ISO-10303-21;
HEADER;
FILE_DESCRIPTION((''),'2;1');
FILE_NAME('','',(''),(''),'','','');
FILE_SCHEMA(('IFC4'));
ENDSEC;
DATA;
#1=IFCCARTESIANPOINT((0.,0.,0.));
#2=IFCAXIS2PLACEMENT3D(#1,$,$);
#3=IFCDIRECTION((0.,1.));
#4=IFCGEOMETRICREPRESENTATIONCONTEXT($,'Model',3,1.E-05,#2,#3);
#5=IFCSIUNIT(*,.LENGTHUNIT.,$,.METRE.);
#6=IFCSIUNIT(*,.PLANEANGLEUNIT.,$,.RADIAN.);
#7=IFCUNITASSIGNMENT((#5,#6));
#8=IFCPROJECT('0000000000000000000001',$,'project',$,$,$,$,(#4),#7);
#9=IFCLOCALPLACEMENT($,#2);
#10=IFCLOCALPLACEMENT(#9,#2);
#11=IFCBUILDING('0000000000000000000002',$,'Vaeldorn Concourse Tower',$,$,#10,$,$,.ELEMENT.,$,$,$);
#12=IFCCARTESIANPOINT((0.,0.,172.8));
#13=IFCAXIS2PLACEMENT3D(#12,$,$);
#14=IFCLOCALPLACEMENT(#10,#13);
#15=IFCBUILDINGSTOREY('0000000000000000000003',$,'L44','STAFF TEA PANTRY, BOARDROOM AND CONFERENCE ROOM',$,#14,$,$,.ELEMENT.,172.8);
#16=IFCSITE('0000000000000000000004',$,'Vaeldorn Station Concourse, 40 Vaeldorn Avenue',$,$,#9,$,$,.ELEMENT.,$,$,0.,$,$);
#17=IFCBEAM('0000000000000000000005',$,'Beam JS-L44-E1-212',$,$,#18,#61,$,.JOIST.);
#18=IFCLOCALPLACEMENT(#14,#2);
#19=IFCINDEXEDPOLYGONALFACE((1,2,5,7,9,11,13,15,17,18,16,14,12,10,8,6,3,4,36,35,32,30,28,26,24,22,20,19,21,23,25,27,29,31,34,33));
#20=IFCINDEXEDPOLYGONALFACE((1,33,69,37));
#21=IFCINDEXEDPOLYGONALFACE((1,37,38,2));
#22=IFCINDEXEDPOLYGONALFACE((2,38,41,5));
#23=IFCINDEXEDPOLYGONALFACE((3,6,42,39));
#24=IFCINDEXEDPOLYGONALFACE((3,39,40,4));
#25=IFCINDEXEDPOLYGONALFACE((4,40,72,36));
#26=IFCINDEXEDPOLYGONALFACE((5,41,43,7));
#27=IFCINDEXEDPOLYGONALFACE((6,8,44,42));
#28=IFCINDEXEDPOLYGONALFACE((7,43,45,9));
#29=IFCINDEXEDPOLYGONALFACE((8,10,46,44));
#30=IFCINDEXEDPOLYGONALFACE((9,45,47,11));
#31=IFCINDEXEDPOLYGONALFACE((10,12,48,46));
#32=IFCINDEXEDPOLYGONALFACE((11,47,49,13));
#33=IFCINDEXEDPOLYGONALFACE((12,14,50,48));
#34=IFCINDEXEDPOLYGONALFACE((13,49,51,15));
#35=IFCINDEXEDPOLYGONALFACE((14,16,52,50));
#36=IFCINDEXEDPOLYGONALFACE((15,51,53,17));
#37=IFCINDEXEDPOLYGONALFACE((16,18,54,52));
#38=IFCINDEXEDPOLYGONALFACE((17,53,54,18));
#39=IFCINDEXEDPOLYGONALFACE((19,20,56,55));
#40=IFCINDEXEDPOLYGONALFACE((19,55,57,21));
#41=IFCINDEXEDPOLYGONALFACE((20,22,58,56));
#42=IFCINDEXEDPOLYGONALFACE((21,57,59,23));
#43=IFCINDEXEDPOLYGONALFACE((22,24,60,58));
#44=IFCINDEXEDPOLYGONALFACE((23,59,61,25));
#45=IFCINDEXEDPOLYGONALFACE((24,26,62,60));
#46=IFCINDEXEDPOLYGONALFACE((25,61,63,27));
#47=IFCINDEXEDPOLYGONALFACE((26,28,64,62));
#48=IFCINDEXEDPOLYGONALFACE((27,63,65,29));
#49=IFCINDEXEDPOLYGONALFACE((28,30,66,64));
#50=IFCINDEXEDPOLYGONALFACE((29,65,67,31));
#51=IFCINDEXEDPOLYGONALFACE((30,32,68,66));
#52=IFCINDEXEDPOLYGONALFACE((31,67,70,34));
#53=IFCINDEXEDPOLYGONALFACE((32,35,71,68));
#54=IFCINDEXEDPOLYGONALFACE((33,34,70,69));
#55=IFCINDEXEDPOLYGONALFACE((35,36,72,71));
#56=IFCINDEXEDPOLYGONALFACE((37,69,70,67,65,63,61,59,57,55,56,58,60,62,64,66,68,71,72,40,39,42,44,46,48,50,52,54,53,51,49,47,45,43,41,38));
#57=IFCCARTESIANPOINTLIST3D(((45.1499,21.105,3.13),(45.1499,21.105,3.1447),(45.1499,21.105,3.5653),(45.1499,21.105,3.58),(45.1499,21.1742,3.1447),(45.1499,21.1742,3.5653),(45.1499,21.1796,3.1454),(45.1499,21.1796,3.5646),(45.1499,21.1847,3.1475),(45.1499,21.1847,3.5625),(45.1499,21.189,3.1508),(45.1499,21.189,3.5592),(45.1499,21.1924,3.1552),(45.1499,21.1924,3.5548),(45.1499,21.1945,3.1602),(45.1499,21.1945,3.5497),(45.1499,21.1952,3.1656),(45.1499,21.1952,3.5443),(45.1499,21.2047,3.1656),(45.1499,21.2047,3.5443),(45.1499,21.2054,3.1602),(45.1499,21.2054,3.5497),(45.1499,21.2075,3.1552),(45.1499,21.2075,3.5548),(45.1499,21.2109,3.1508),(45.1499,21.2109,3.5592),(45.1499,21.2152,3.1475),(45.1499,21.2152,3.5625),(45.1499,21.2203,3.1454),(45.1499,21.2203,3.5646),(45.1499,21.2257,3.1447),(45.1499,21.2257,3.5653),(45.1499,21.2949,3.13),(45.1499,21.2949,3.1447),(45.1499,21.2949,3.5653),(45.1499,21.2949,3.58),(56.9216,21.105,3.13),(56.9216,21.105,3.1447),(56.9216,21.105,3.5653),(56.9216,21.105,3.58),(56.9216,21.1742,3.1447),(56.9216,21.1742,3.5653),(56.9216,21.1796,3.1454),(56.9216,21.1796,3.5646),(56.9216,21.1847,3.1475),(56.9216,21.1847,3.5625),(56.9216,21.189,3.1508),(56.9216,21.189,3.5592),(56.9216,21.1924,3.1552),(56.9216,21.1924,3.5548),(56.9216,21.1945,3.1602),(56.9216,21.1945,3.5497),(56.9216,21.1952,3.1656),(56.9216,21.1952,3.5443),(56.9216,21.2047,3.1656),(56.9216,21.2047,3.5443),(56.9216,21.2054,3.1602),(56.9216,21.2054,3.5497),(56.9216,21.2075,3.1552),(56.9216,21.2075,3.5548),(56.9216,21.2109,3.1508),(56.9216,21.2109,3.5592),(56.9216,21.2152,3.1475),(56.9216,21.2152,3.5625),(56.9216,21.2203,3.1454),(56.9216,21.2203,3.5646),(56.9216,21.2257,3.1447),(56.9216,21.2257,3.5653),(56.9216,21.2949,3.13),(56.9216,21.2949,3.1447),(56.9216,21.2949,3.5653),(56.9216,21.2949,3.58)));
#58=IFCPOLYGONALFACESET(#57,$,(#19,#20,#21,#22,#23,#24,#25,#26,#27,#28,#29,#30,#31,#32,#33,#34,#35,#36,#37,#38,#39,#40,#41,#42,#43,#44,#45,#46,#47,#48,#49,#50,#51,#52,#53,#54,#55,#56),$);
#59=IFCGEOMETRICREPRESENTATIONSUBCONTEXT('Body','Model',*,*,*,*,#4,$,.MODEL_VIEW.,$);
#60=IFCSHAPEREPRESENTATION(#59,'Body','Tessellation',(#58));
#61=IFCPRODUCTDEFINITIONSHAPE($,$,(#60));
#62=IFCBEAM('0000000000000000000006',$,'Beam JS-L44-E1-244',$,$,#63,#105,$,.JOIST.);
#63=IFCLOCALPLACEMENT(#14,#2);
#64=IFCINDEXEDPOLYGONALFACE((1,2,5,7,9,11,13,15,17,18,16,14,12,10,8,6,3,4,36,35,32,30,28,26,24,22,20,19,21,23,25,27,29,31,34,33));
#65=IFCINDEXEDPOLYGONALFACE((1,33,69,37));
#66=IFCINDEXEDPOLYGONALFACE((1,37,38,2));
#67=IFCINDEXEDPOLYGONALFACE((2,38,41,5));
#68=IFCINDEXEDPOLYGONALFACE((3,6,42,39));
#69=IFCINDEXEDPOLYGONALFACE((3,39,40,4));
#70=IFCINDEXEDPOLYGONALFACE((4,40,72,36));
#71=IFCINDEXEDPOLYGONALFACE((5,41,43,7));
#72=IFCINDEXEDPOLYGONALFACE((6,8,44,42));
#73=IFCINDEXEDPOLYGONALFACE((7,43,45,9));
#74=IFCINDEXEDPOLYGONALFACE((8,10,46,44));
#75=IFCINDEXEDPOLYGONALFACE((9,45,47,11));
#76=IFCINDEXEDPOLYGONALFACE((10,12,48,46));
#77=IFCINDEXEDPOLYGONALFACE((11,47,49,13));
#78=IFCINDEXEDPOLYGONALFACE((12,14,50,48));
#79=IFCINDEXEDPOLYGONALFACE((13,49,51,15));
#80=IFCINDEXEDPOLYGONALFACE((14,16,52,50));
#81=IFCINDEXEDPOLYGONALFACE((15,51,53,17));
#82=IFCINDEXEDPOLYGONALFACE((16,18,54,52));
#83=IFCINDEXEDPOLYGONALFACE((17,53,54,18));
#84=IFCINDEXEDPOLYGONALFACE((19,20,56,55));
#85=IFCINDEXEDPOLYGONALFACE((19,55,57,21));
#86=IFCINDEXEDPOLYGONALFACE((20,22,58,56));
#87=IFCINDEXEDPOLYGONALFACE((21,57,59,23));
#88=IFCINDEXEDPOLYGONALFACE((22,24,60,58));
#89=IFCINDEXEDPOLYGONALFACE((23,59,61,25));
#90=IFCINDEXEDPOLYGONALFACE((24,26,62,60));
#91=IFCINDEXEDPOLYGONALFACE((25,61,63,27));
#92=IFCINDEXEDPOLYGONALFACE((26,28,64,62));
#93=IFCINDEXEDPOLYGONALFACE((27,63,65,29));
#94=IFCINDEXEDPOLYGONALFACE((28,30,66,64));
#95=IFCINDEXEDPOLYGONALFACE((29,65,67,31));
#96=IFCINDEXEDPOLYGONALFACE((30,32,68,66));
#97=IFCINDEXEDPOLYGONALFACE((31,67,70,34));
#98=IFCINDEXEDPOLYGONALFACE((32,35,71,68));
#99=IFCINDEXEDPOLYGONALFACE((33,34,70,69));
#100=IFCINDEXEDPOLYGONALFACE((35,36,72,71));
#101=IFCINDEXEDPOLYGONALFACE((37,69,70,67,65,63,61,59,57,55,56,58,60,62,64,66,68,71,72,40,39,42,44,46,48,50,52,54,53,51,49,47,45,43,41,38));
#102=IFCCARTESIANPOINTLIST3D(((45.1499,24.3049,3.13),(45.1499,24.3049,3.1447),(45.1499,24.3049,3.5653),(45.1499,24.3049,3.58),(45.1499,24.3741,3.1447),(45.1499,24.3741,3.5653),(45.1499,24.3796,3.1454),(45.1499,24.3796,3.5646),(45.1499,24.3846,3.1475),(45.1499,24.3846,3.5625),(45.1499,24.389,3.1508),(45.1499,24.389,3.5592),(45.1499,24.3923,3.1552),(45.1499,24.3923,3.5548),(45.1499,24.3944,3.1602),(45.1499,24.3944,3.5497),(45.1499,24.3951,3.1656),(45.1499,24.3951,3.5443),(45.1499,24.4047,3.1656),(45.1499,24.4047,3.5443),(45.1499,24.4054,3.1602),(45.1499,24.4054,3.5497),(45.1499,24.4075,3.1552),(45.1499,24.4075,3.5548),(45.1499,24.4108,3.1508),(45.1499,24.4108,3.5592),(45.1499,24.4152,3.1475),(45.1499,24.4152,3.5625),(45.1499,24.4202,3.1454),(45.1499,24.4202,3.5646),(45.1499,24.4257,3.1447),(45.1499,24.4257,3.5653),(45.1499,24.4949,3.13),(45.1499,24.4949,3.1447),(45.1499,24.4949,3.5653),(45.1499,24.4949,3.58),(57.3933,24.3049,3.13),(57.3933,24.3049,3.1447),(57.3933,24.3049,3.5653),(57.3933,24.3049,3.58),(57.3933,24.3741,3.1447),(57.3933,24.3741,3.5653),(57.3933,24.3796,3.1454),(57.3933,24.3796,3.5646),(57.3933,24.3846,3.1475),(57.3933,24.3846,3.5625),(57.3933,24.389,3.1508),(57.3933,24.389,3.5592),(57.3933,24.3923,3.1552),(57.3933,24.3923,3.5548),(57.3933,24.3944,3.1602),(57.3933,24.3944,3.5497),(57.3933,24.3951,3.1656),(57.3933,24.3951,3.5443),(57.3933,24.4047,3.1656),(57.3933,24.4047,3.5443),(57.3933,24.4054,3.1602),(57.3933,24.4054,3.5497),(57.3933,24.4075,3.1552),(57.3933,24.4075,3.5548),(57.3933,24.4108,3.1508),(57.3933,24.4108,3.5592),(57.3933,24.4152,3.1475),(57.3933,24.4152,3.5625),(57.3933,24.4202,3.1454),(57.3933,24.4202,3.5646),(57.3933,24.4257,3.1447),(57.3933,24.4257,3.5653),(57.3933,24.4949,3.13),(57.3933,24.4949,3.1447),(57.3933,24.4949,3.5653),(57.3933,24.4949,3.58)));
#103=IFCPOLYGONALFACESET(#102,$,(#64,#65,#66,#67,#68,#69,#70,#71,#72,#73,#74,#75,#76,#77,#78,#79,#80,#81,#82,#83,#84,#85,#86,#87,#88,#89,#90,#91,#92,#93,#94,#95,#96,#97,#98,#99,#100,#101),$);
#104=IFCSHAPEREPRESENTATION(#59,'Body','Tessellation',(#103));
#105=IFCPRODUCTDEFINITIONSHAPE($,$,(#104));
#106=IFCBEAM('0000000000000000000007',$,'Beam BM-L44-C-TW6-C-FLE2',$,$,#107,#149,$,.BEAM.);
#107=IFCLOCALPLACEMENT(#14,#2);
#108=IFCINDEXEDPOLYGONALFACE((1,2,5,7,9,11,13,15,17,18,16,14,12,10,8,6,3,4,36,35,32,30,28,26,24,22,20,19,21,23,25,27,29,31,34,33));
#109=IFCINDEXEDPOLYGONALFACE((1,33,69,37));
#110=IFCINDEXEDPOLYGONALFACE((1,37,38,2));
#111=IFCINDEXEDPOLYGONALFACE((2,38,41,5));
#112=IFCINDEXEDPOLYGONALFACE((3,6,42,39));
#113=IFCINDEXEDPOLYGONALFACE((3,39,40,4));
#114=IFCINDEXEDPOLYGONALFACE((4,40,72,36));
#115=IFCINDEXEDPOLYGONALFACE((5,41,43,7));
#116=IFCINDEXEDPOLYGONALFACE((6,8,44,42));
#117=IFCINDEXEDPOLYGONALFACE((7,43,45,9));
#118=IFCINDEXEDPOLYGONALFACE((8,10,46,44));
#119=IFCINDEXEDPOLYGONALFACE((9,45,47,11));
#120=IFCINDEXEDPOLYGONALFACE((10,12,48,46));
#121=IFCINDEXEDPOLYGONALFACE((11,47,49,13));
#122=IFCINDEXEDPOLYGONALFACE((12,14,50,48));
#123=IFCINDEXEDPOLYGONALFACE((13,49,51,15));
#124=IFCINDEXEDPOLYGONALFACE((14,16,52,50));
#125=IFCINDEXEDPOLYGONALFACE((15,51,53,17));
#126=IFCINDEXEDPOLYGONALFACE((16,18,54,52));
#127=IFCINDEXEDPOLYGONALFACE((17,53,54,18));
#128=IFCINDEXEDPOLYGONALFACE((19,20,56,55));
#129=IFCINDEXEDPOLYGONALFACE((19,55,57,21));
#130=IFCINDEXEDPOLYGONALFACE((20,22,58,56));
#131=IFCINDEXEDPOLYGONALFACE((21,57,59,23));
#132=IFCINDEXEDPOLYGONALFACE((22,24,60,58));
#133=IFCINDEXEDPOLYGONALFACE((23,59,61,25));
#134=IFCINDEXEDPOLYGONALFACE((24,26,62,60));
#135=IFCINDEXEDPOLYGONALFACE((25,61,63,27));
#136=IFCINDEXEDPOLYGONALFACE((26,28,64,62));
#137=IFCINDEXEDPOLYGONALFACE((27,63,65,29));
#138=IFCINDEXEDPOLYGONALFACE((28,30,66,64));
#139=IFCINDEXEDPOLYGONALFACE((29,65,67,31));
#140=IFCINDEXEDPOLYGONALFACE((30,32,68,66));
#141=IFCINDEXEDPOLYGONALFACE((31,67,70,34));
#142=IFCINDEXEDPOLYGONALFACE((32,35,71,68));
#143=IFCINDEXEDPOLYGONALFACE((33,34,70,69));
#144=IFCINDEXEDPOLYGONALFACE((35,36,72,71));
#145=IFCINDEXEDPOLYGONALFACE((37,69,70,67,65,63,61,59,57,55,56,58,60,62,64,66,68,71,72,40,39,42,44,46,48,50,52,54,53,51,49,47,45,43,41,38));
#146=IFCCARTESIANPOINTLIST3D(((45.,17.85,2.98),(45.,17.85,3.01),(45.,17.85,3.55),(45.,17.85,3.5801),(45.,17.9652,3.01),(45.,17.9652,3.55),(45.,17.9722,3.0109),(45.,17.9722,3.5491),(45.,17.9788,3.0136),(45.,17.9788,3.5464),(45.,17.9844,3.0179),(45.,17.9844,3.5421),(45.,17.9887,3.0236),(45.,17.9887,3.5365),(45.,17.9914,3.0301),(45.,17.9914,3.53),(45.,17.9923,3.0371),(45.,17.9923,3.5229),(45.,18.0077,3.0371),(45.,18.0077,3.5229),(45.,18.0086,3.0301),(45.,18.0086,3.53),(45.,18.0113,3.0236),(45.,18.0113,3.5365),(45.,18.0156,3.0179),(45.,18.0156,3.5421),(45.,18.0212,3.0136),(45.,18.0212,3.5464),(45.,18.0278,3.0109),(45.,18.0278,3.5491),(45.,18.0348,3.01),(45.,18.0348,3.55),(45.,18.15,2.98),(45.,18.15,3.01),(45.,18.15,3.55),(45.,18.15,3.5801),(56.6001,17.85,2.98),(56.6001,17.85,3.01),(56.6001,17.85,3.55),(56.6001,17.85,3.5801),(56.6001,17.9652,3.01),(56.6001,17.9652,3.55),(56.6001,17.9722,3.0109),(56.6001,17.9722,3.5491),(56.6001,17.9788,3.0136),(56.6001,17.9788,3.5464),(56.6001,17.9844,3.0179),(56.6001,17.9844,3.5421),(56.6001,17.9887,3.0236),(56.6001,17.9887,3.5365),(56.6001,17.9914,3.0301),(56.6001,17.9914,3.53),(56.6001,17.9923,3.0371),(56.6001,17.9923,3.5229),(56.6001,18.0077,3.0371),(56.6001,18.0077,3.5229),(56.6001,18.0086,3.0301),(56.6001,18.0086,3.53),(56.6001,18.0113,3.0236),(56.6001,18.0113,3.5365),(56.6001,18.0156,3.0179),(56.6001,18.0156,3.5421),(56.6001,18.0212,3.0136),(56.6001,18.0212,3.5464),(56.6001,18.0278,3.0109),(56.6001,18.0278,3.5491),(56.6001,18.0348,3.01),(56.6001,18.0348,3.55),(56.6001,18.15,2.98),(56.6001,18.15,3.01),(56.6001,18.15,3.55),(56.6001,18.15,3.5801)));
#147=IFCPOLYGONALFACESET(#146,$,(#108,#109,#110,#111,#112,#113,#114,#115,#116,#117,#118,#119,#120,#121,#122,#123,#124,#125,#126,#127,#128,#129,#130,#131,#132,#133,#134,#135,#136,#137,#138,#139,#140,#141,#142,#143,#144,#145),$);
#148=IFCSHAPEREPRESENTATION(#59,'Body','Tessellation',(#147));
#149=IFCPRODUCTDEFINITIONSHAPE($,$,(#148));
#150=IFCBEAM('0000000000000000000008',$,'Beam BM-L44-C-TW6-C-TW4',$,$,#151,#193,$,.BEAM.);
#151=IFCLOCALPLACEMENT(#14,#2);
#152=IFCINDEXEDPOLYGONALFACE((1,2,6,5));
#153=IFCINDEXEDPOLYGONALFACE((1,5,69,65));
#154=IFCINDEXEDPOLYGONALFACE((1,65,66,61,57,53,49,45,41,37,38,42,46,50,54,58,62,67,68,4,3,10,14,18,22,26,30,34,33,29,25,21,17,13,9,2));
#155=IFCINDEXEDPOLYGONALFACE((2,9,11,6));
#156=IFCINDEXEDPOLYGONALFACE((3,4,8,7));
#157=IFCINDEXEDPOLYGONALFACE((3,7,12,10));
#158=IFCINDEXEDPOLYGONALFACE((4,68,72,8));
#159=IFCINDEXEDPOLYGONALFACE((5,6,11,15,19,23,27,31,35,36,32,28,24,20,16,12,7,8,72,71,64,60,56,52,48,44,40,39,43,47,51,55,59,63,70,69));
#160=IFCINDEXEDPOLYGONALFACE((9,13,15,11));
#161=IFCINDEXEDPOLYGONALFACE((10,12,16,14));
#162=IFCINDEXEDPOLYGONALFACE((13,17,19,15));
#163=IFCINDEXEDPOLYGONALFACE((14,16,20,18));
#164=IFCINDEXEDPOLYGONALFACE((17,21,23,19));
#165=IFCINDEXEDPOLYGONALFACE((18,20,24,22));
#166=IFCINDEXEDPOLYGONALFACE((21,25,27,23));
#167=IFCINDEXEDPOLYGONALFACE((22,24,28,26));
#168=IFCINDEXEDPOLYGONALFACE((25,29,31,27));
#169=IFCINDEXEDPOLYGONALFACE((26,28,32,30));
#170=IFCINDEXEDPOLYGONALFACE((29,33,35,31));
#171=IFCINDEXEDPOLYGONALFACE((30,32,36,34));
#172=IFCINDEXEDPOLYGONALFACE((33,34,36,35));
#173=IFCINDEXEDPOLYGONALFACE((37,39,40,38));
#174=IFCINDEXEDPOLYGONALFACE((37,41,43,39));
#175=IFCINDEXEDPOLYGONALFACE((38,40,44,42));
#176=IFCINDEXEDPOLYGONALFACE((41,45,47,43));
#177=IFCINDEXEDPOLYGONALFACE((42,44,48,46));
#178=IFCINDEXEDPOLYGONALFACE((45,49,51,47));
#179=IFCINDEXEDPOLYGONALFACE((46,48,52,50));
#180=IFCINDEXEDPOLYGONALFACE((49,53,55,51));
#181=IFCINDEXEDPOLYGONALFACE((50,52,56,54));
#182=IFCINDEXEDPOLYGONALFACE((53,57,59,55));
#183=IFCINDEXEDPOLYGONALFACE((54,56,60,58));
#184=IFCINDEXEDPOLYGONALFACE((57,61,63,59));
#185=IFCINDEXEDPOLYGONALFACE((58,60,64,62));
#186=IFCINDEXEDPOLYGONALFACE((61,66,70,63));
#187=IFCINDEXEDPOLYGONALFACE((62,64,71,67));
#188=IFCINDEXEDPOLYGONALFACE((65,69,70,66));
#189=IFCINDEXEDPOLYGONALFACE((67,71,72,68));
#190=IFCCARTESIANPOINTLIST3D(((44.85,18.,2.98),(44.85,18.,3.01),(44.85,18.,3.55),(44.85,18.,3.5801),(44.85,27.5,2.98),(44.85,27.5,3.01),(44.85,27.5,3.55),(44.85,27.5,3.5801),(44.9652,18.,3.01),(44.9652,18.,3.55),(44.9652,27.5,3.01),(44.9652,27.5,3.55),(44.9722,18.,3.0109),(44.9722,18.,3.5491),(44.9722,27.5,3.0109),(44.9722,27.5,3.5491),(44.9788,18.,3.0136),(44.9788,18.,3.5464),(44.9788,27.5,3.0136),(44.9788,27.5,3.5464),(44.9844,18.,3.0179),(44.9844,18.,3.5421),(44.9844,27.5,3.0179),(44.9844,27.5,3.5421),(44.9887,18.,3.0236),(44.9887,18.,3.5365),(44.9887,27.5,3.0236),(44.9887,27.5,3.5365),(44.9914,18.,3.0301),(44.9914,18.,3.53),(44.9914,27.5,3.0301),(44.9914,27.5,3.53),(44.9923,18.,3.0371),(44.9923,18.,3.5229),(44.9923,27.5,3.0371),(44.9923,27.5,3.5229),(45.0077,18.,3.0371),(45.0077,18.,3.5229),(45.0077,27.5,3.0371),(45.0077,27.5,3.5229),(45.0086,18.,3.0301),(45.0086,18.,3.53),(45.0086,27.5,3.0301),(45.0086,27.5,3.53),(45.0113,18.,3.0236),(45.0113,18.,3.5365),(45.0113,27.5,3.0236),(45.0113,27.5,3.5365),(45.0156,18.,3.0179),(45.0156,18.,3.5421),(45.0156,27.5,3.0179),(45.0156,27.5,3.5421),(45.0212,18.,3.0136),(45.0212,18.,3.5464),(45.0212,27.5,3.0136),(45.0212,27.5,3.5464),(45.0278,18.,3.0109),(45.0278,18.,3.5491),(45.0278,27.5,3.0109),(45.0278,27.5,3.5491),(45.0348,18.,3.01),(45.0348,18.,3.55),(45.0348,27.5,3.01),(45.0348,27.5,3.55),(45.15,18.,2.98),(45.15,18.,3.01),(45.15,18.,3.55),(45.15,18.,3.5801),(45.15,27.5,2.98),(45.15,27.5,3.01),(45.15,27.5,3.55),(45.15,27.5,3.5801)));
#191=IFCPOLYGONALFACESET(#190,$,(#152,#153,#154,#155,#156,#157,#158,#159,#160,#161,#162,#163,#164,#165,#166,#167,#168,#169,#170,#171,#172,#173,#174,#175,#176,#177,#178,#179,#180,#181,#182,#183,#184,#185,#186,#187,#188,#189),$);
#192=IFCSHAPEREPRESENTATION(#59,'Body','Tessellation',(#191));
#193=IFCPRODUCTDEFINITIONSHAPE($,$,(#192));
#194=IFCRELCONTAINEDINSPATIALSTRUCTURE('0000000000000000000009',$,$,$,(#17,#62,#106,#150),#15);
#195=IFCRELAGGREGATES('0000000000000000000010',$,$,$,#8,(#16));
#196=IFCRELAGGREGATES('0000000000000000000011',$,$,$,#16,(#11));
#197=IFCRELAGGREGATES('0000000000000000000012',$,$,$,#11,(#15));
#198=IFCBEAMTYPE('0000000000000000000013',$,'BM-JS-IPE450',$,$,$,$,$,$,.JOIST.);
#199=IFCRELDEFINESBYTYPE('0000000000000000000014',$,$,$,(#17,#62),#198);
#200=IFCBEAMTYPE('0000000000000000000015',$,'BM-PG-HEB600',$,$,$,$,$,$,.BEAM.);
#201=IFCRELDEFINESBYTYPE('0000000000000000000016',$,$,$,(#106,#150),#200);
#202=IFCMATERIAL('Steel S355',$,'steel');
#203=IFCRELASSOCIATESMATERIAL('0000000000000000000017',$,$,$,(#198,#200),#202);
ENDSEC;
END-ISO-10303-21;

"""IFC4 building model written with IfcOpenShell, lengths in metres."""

from ifc_helpers import new_model, si_unit, direction, frame, origin, origin_2d, place, context, subcontext, project, spatial, i_section, extrude, source, transform, mapped, material, material_profile, profile_set, type_object, element, save


model = new_model("IFC4")

# Units and contexts
model_context = context("Model", 3, precision=1e-05, world=origin(), true_north=direction((0.0, 1.0)))
body_context = subcontext(model_context, "Body", "Model", "MODEL_VIEW")
ifc_project = project(units=[si_unit("LENGTHUNIT", "METRE"), si_unit("PLANEANGLEUNIT", "RADIAN")], contexts=[model_context])

# Site, building, storey
site_placement = place(None, origin())
site = spatial("IfcSite", under=ifc_project, at=site_placement, Name="Vaeldorn Station Concourse, 40 Vaeldorn Avenue", CompositionType="ELEMENT", RefElevation=0.0)
building_placement = place(site_placement, origin())
building = spatial("IfcBuilding", under=site, at=building_placement, Name="Vaeldorn Concourse Tower", CompositionType="ELEMENT")
storey_placement = place(building_placement, frame((0.0, 0.0, 172.8)))
storey = spatial("IfcBuildingStorey", under=building, at=storey_placement, Name="L44", Description="STAFF TEA PANTRY, BOARDROOM AND CONFERENCE ROOM", CompositionType="ELEMENT", Elevation=172.8)

# Shared definitions
ifc_material_1 = material(Name="Steel S355", Category="steel")

# Beams
ifc_material_profile_1 = material_profile(ifc_material_1, i_section(OverallWidth=0.1899, OverallDepth=0.45, WebThickness=0.0095, FlangeThickness=0.0146, FilletRadius=0.021, at=origin_2d()), Name="IPE 450")
ifc_profile_set_1 = profile_set([ifc_material_profile_1], Name="Steel S355")
beam_type_1 = type_object("IfcBeamType", Name="BM-JS-IPE450", PredefinedType="JOIST", material=ifc_profile_set_1)
shared_shape_1 = source(origin(), body_context, "Body", "SweptSolid", [
    extrude(i_section(OverallWidth=0.1899, OverallDepth=0.45, WebThickness=0.0095, FlangeThickness=0.0146, FilletRadius=0.021, at=origin_2d()), origin(), (0.0, 0.0, 1.0), 11.7717),
])
beam_1_placement = place(storey_placement, frame((45.1499, 21.2, 3.355), z_axis=(1.0, 0.0, 0.0), x_axis=(0.0, 1.0, 0.0)))
element("IfcBeam", 1, at=beam_1_placement, inside=storey, type_object=beam_type_1, Name="Beam JS-L44-E1-212", PredefinedType="JOIST", context=body_context, shape_type="MappedRepresentation", body=[
    mapped(shared_shape_1, transform((0.0, 0.0, 0.0), scale=1.0)),
])
shared_shape_2 = source(origin(), body_context, "Body", "SweptSolid", [
    extrude(i_section(OverallWidth=0.1899, OverallDepth=0.45, WebThickness=0.0095, FlangeThickness=0.0146, FilletRadius=0.021, at=origin_2d()), origin(), (0.0, 0.0, 1.0), 12.2434),
])
beam_2_placement = place(storey_placement, frame((45.1499, 24.3999, 3.355), z_axis=(1.0, 0.0, 0.0), x_axis=(0.0, 1.0, 0.0)))
element("IfcBeam", 2, at=beam_2_placement, inside=storey, type_object=beam_type_1, Name="Beam JS-L44-E1-244", PredefinedType="JOIST", context=body_context, shape_type="MappedRepresentation", body=[
    mapped(shared_shape_2, transform((0.0, 0.0, 0.0), scale=1.0)),
])
ifc_material_profile_2 = material_profile(ifc_material_1, i_section(OverallWidth=0.3, OverallDepth=0.6001, WebThickness=0.0154, FlangeThickness=0.03, FilletRadius=0.0271, at=origin_2d()), Name="HEB 600")
ifc_profile_set_2 = profile_set([ifc_material_profile_2], Name="Steel S355")
beam_type_2 = type_object("IfcBeamType", Name="BM-PG-HEB600", PredefinedType="BEAM", material=ifc_profile_set_2)
shared_shape_3 = source(origin(), body_context, "Body", "SweptSolid", [
    extrude(i_section(OverallWidth=0.3, OverallDepth=0.6001, WebThickness=0.0154, FlangeThickness=0.03, FilletRadius=0.0271, at=origin_2d()), origin(), (0.0, 0.0, 1.0), 11.6001),
])
beam_3_placement = place(storey_placement, frame((45.0, 18.0, 3.28), z_axis=(1.0, 0.0, 0.0), x_axis=(0.0, 1.0, 0.0)))
element("IfcBeam", 3, at=beam_3_placement, inside=storey, type_object=beam_type_2, Name="Beam BM-L44-C-TW6-C-FLE2", PredefinedType="BEAM", context=body_context, shape_type="MappedRepresentation", body=[
    mapped(shared_shape_3, transform((0.0, 0.0, 0.0), scale=1.0)),
])
shared_shape_4 = source(origin(), body_context, "Body", "SweptSolid", [
    extrude(i_section(OverallWidth=0.3, OverallDepth=0.6001, WebThickness=0.0154, FlangeThickness=0.03, FilletRadius=0.0271, at=origin_2d()), origin(), (0.0, 0.0, 1.0), 9.5),
])
beam_4_placement = place(storey_placement, frame((45.0, 18.0, 3.28), z_axis=(0.0, 1.0, 0.0), x_axis=(-1.0, 0.0, 0.0)))
element("IfcBeam", 4, at=beam_4_placement, inside=storey, type_object=beam_type_2, Name="Beam BM-L44-C-TW6-C-TW4", PredefinedType="BEAM", context=body_context, shape_type="MappedRepresentation", body=[
    mapped(shared_shape_4, transform((0.0, 0.0, 0.0), scale=1.0)),
])

save(model, "model.ifc")
